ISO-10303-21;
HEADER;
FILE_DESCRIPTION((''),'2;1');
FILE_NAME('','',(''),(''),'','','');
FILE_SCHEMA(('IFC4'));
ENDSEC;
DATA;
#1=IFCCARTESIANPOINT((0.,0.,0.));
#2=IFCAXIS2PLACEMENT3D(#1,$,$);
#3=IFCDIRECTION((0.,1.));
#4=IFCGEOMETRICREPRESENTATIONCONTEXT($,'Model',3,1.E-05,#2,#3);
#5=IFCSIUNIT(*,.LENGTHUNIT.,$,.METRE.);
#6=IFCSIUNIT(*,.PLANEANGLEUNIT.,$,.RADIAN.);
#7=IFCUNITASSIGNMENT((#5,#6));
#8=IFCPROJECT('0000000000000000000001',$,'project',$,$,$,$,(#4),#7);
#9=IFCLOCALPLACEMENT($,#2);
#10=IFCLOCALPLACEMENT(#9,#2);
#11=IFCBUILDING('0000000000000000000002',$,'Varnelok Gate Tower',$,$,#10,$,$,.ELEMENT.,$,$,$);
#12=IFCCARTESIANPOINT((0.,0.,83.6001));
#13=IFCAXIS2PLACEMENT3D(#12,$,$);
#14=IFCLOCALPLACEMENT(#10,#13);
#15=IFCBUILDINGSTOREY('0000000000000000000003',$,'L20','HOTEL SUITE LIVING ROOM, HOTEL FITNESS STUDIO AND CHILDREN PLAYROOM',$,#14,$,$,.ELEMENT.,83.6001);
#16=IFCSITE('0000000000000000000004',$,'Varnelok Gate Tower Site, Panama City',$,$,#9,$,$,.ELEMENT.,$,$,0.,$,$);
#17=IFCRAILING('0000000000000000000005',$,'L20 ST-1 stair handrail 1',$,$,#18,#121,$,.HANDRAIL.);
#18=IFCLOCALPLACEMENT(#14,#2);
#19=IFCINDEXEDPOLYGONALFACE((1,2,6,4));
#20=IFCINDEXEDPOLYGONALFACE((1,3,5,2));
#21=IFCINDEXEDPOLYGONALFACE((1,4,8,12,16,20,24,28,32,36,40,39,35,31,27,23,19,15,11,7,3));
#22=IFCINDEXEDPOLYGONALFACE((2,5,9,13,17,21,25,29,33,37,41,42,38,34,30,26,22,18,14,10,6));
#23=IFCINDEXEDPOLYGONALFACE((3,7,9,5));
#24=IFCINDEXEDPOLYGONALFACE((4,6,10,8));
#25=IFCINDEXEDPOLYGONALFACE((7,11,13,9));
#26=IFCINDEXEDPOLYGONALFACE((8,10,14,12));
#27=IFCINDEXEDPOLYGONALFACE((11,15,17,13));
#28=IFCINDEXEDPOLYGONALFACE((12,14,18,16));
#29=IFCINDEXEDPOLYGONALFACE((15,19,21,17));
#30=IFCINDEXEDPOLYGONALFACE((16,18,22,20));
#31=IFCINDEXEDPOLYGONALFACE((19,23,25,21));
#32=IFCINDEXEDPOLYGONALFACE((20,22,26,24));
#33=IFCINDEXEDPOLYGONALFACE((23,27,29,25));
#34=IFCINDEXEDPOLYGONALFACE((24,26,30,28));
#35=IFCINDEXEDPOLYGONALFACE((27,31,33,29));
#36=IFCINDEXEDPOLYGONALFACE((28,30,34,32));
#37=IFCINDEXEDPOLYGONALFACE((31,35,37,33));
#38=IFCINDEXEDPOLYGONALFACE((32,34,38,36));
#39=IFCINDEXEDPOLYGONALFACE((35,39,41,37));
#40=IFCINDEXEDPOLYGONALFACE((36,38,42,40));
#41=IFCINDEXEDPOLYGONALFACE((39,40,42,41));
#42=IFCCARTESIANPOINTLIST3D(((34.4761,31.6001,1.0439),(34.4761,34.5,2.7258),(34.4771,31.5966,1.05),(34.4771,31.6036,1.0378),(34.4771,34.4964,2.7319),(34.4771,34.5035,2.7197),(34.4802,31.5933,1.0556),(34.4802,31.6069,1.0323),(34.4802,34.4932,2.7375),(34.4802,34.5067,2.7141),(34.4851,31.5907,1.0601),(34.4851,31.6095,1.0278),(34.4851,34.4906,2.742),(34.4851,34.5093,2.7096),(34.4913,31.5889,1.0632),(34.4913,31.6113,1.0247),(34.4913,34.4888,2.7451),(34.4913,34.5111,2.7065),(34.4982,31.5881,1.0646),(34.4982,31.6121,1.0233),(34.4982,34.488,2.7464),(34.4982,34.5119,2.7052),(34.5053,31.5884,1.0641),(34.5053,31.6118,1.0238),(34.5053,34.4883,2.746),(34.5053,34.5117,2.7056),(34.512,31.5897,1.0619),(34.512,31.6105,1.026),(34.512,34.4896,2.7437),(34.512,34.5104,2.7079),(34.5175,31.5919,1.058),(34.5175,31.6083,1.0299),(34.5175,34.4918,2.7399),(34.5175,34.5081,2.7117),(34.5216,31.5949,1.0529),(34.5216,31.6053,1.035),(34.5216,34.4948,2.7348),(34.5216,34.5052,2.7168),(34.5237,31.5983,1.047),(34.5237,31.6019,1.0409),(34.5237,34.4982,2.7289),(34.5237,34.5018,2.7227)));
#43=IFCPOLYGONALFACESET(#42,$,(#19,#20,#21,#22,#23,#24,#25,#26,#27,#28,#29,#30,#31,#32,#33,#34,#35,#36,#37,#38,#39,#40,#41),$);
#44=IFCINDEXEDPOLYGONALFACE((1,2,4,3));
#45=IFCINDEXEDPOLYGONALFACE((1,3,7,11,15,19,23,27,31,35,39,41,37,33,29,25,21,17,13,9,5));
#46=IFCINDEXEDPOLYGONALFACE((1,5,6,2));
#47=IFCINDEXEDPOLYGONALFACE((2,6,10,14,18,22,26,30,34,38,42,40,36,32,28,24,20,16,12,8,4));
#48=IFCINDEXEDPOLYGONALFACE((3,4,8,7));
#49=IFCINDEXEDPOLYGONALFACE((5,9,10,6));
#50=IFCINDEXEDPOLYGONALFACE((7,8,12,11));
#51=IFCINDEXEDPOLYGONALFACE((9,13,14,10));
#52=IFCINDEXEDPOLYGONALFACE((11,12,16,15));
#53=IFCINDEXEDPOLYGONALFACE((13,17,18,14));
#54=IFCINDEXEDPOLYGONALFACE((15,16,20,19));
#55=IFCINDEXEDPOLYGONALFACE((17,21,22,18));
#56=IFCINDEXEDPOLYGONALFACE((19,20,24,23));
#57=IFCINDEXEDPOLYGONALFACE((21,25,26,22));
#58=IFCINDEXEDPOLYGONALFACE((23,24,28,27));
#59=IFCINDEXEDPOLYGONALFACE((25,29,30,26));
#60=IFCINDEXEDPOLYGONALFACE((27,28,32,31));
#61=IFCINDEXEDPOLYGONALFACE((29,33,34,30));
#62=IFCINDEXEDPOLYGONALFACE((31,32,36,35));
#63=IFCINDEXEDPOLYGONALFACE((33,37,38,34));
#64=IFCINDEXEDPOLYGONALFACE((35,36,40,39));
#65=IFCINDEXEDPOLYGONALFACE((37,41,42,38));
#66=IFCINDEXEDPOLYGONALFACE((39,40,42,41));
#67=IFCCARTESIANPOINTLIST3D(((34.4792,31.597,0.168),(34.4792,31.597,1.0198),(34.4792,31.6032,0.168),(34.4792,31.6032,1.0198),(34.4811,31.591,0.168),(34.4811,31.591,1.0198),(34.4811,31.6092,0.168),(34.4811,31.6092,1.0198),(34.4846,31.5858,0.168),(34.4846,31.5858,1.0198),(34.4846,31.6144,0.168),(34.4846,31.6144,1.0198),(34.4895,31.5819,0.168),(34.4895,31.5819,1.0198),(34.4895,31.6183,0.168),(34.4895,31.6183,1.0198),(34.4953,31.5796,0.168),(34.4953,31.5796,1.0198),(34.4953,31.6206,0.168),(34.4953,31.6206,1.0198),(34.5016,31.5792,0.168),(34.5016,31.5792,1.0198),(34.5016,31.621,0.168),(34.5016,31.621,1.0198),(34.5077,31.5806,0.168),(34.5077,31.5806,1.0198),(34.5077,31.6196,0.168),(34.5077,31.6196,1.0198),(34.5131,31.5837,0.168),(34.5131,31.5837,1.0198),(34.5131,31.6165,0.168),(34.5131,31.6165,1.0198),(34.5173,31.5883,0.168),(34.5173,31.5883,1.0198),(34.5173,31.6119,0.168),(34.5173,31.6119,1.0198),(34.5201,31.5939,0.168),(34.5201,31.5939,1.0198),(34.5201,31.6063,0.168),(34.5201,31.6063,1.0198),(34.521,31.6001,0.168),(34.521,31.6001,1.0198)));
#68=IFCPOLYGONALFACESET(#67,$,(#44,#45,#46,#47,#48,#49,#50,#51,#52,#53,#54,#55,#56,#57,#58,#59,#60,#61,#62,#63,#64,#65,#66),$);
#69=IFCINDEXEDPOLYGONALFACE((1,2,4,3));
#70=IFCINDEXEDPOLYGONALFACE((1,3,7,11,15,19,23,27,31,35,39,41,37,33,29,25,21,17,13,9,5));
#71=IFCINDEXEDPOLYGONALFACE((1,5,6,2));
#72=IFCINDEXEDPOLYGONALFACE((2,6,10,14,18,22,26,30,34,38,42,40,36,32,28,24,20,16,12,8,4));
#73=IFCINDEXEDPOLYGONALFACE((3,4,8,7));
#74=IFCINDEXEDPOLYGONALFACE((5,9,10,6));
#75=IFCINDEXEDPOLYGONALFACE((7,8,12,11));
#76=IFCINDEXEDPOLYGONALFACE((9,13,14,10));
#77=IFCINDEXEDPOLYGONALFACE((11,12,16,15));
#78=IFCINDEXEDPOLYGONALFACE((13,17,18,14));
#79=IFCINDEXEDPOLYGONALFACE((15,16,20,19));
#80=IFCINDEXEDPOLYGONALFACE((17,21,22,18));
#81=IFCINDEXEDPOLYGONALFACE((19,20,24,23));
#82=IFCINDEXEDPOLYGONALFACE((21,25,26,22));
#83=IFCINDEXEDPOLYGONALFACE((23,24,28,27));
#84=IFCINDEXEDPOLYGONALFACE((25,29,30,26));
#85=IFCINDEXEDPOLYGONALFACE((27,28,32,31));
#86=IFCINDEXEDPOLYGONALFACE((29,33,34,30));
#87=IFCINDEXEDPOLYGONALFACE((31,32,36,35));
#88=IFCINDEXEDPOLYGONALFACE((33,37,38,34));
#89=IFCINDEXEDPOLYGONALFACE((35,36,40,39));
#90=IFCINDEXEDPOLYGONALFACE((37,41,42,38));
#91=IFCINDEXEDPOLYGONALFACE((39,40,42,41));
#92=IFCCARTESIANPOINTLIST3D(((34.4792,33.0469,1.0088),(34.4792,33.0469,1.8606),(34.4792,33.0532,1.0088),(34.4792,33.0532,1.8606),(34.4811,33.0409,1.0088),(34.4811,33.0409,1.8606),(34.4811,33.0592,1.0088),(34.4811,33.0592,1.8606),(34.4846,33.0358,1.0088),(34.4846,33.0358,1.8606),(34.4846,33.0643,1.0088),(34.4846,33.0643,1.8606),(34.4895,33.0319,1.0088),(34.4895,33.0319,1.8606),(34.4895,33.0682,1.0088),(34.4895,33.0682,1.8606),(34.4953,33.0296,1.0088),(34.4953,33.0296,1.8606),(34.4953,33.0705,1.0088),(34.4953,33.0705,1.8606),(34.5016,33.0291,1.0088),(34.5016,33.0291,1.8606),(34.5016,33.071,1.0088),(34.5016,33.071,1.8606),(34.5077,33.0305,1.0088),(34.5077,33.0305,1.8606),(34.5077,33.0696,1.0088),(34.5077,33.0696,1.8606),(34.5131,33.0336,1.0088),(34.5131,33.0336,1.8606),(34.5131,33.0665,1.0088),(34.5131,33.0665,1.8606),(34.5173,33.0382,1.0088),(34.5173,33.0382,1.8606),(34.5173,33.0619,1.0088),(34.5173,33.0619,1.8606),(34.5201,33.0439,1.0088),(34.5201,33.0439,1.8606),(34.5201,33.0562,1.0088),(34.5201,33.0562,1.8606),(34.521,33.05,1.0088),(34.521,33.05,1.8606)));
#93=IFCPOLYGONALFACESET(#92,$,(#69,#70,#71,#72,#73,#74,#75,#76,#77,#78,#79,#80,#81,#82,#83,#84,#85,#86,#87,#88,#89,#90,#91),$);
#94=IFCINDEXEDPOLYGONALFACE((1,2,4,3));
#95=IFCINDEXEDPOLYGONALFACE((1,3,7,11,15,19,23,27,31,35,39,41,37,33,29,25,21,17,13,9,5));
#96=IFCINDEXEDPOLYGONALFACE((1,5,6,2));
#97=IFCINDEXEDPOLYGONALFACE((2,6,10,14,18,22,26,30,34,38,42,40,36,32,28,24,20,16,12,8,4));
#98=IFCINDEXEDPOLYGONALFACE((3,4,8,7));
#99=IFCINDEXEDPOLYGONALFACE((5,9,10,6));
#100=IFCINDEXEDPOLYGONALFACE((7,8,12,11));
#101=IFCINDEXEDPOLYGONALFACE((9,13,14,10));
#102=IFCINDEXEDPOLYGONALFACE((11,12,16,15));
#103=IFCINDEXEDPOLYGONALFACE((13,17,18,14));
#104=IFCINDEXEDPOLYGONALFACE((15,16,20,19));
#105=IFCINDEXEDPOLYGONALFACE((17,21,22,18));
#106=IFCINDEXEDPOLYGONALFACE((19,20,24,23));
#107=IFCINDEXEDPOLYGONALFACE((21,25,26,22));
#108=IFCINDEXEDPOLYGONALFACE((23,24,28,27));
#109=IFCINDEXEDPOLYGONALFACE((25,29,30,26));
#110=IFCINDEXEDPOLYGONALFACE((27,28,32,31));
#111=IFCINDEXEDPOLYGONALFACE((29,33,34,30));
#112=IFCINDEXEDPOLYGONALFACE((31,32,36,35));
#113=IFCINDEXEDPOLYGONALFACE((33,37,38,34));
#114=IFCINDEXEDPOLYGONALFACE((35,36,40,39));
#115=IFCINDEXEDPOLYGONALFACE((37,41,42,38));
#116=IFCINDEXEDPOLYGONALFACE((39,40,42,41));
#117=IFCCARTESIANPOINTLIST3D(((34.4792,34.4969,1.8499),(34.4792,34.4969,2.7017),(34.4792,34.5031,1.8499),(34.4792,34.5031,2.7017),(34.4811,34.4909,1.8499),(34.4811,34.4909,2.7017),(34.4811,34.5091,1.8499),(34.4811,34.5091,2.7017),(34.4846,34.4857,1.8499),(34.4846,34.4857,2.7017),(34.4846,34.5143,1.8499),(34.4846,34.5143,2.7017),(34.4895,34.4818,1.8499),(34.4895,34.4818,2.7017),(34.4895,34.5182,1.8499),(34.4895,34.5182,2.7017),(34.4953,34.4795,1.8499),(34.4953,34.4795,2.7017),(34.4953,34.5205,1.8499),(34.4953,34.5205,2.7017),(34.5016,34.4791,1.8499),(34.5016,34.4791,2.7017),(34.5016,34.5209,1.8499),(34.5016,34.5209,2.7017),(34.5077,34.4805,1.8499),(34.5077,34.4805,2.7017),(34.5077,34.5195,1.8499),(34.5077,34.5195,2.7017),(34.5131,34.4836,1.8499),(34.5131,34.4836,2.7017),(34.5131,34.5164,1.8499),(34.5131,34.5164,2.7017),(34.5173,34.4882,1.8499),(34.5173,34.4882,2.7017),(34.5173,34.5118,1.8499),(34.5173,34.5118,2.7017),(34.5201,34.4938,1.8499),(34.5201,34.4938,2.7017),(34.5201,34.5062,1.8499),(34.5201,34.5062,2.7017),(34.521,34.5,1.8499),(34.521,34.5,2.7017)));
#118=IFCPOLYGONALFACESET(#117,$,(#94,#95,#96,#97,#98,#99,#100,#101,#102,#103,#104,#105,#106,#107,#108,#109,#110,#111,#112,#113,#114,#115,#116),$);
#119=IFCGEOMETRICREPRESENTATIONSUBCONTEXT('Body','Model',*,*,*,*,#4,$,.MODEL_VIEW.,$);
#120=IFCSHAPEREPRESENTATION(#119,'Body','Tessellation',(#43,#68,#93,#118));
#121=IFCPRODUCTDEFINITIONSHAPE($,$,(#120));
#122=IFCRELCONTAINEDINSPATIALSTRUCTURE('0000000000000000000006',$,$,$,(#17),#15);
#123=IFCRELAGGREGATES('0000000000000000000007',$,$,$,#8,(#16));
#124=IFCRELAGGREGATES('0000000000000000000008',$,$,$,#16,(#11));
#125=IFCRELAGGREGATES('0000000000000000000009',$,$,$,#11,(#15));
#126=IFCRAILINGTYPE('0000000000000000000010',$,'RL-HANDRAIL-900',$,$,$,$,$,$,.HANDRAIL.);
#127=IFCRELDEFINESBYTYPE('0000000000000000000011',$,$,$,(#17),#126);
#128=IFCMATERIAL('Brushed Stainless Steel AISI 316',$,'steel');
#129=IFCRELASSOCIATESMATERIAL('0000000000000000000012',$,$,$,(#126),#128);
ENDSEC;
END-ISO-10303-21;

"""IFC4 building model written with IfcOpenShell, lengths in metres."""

from ifc_helpers import new_model, si_unit, direction, frame, origin, origin_2d, place, context, subcontext, project, spatial, circle, extrude, material, type_object, element, save


model = new_model("IFC4")

# Units and contexts
model_context = context("Model", 3, precision=1e-05, world=origin(), true_north=direction((0.0, 1.0)))
body_context = subcontext(model_context, "Body", "Model", "MODEL_VIEW")
ifc_project = project(units=[si_unit("LENGTHUNIT", "METRE"), si_unit("PLANEANGLEUNIT", "RADIAN")], contexts=[model_context])

# Site, building, storey
site_placement = place(None, origin())
site = spatial("IfcSite", under=ifc_project, at=site_placement, Name="Varnelok Gate Tower Site, Panama City", CompositionType="ELEMENT", RefElevation=0.0)
building_placement = place(site_placement, origin())
building = spatial("IfcBuilding", under=site, at=building_placement, Name="Varnelok Gate Tower", CompositionType="ELEMENT")
storey_placement = place(building_placement, frame((0.0, 0.0, 83.6001)))
storey = spatial("IfcBuildingStorey", under=building, at=storey_placement, Name="L20", Description="HOTEL SUITE LIVING ROOM, HOTEL FITNESS STUDIO AND CHILDREN PLAYROOM", CompositionType="ELEMENT", Elevation=83.6001)

# Railing
ifc_material_1 = material(Name="Brushed Stainless Steel AISI 316", Category="steel")
railing_type_1 = type_object("IfcRailingType", Name="RL-HANDRAIL-900", PredefinedType="HANDRAIL", material=ifc_material_1)
railing_1_placement = place(storey_placement, frame((34.5, 31.6001, 0.168)))
element("IfcRailing", 1, at=railing_1_placement, inside=storey, type_object=railing_type_1, Name="L20 ST-1 stair handrail 1", PredefinedType="HANDRAIL", context=body_context, shape_type="SweptSolid", body=[
    extrude(circle(Radius=0.0239, at=origin_2d()), frame((0.0, 0.0, 0.876), z_axis=(0.0, 0.865039, 0.501705), x_axis=(-1.0, 0.0, 0.0)), (0.0, 0.0, 1.0), 3.3523),
    extrude(circle(Radius=0.021, at=origin_2d()), origin(), (0.0, 0.0, 1.0), 0.8518),
    extrude(circle(Radius=0.021, at=origin_2d()), frame((0.0, 1.45, 0.8408)), (0.0, 0.0, 1.0), 0.8518),
    extrude(circle(Radius=0.021, at=origin_2d()), frame((0.0, 2.8999, 1.6819)), (0.0, 0.0, 1.0), 0.8518),
])

save(model, "model.ifc")
